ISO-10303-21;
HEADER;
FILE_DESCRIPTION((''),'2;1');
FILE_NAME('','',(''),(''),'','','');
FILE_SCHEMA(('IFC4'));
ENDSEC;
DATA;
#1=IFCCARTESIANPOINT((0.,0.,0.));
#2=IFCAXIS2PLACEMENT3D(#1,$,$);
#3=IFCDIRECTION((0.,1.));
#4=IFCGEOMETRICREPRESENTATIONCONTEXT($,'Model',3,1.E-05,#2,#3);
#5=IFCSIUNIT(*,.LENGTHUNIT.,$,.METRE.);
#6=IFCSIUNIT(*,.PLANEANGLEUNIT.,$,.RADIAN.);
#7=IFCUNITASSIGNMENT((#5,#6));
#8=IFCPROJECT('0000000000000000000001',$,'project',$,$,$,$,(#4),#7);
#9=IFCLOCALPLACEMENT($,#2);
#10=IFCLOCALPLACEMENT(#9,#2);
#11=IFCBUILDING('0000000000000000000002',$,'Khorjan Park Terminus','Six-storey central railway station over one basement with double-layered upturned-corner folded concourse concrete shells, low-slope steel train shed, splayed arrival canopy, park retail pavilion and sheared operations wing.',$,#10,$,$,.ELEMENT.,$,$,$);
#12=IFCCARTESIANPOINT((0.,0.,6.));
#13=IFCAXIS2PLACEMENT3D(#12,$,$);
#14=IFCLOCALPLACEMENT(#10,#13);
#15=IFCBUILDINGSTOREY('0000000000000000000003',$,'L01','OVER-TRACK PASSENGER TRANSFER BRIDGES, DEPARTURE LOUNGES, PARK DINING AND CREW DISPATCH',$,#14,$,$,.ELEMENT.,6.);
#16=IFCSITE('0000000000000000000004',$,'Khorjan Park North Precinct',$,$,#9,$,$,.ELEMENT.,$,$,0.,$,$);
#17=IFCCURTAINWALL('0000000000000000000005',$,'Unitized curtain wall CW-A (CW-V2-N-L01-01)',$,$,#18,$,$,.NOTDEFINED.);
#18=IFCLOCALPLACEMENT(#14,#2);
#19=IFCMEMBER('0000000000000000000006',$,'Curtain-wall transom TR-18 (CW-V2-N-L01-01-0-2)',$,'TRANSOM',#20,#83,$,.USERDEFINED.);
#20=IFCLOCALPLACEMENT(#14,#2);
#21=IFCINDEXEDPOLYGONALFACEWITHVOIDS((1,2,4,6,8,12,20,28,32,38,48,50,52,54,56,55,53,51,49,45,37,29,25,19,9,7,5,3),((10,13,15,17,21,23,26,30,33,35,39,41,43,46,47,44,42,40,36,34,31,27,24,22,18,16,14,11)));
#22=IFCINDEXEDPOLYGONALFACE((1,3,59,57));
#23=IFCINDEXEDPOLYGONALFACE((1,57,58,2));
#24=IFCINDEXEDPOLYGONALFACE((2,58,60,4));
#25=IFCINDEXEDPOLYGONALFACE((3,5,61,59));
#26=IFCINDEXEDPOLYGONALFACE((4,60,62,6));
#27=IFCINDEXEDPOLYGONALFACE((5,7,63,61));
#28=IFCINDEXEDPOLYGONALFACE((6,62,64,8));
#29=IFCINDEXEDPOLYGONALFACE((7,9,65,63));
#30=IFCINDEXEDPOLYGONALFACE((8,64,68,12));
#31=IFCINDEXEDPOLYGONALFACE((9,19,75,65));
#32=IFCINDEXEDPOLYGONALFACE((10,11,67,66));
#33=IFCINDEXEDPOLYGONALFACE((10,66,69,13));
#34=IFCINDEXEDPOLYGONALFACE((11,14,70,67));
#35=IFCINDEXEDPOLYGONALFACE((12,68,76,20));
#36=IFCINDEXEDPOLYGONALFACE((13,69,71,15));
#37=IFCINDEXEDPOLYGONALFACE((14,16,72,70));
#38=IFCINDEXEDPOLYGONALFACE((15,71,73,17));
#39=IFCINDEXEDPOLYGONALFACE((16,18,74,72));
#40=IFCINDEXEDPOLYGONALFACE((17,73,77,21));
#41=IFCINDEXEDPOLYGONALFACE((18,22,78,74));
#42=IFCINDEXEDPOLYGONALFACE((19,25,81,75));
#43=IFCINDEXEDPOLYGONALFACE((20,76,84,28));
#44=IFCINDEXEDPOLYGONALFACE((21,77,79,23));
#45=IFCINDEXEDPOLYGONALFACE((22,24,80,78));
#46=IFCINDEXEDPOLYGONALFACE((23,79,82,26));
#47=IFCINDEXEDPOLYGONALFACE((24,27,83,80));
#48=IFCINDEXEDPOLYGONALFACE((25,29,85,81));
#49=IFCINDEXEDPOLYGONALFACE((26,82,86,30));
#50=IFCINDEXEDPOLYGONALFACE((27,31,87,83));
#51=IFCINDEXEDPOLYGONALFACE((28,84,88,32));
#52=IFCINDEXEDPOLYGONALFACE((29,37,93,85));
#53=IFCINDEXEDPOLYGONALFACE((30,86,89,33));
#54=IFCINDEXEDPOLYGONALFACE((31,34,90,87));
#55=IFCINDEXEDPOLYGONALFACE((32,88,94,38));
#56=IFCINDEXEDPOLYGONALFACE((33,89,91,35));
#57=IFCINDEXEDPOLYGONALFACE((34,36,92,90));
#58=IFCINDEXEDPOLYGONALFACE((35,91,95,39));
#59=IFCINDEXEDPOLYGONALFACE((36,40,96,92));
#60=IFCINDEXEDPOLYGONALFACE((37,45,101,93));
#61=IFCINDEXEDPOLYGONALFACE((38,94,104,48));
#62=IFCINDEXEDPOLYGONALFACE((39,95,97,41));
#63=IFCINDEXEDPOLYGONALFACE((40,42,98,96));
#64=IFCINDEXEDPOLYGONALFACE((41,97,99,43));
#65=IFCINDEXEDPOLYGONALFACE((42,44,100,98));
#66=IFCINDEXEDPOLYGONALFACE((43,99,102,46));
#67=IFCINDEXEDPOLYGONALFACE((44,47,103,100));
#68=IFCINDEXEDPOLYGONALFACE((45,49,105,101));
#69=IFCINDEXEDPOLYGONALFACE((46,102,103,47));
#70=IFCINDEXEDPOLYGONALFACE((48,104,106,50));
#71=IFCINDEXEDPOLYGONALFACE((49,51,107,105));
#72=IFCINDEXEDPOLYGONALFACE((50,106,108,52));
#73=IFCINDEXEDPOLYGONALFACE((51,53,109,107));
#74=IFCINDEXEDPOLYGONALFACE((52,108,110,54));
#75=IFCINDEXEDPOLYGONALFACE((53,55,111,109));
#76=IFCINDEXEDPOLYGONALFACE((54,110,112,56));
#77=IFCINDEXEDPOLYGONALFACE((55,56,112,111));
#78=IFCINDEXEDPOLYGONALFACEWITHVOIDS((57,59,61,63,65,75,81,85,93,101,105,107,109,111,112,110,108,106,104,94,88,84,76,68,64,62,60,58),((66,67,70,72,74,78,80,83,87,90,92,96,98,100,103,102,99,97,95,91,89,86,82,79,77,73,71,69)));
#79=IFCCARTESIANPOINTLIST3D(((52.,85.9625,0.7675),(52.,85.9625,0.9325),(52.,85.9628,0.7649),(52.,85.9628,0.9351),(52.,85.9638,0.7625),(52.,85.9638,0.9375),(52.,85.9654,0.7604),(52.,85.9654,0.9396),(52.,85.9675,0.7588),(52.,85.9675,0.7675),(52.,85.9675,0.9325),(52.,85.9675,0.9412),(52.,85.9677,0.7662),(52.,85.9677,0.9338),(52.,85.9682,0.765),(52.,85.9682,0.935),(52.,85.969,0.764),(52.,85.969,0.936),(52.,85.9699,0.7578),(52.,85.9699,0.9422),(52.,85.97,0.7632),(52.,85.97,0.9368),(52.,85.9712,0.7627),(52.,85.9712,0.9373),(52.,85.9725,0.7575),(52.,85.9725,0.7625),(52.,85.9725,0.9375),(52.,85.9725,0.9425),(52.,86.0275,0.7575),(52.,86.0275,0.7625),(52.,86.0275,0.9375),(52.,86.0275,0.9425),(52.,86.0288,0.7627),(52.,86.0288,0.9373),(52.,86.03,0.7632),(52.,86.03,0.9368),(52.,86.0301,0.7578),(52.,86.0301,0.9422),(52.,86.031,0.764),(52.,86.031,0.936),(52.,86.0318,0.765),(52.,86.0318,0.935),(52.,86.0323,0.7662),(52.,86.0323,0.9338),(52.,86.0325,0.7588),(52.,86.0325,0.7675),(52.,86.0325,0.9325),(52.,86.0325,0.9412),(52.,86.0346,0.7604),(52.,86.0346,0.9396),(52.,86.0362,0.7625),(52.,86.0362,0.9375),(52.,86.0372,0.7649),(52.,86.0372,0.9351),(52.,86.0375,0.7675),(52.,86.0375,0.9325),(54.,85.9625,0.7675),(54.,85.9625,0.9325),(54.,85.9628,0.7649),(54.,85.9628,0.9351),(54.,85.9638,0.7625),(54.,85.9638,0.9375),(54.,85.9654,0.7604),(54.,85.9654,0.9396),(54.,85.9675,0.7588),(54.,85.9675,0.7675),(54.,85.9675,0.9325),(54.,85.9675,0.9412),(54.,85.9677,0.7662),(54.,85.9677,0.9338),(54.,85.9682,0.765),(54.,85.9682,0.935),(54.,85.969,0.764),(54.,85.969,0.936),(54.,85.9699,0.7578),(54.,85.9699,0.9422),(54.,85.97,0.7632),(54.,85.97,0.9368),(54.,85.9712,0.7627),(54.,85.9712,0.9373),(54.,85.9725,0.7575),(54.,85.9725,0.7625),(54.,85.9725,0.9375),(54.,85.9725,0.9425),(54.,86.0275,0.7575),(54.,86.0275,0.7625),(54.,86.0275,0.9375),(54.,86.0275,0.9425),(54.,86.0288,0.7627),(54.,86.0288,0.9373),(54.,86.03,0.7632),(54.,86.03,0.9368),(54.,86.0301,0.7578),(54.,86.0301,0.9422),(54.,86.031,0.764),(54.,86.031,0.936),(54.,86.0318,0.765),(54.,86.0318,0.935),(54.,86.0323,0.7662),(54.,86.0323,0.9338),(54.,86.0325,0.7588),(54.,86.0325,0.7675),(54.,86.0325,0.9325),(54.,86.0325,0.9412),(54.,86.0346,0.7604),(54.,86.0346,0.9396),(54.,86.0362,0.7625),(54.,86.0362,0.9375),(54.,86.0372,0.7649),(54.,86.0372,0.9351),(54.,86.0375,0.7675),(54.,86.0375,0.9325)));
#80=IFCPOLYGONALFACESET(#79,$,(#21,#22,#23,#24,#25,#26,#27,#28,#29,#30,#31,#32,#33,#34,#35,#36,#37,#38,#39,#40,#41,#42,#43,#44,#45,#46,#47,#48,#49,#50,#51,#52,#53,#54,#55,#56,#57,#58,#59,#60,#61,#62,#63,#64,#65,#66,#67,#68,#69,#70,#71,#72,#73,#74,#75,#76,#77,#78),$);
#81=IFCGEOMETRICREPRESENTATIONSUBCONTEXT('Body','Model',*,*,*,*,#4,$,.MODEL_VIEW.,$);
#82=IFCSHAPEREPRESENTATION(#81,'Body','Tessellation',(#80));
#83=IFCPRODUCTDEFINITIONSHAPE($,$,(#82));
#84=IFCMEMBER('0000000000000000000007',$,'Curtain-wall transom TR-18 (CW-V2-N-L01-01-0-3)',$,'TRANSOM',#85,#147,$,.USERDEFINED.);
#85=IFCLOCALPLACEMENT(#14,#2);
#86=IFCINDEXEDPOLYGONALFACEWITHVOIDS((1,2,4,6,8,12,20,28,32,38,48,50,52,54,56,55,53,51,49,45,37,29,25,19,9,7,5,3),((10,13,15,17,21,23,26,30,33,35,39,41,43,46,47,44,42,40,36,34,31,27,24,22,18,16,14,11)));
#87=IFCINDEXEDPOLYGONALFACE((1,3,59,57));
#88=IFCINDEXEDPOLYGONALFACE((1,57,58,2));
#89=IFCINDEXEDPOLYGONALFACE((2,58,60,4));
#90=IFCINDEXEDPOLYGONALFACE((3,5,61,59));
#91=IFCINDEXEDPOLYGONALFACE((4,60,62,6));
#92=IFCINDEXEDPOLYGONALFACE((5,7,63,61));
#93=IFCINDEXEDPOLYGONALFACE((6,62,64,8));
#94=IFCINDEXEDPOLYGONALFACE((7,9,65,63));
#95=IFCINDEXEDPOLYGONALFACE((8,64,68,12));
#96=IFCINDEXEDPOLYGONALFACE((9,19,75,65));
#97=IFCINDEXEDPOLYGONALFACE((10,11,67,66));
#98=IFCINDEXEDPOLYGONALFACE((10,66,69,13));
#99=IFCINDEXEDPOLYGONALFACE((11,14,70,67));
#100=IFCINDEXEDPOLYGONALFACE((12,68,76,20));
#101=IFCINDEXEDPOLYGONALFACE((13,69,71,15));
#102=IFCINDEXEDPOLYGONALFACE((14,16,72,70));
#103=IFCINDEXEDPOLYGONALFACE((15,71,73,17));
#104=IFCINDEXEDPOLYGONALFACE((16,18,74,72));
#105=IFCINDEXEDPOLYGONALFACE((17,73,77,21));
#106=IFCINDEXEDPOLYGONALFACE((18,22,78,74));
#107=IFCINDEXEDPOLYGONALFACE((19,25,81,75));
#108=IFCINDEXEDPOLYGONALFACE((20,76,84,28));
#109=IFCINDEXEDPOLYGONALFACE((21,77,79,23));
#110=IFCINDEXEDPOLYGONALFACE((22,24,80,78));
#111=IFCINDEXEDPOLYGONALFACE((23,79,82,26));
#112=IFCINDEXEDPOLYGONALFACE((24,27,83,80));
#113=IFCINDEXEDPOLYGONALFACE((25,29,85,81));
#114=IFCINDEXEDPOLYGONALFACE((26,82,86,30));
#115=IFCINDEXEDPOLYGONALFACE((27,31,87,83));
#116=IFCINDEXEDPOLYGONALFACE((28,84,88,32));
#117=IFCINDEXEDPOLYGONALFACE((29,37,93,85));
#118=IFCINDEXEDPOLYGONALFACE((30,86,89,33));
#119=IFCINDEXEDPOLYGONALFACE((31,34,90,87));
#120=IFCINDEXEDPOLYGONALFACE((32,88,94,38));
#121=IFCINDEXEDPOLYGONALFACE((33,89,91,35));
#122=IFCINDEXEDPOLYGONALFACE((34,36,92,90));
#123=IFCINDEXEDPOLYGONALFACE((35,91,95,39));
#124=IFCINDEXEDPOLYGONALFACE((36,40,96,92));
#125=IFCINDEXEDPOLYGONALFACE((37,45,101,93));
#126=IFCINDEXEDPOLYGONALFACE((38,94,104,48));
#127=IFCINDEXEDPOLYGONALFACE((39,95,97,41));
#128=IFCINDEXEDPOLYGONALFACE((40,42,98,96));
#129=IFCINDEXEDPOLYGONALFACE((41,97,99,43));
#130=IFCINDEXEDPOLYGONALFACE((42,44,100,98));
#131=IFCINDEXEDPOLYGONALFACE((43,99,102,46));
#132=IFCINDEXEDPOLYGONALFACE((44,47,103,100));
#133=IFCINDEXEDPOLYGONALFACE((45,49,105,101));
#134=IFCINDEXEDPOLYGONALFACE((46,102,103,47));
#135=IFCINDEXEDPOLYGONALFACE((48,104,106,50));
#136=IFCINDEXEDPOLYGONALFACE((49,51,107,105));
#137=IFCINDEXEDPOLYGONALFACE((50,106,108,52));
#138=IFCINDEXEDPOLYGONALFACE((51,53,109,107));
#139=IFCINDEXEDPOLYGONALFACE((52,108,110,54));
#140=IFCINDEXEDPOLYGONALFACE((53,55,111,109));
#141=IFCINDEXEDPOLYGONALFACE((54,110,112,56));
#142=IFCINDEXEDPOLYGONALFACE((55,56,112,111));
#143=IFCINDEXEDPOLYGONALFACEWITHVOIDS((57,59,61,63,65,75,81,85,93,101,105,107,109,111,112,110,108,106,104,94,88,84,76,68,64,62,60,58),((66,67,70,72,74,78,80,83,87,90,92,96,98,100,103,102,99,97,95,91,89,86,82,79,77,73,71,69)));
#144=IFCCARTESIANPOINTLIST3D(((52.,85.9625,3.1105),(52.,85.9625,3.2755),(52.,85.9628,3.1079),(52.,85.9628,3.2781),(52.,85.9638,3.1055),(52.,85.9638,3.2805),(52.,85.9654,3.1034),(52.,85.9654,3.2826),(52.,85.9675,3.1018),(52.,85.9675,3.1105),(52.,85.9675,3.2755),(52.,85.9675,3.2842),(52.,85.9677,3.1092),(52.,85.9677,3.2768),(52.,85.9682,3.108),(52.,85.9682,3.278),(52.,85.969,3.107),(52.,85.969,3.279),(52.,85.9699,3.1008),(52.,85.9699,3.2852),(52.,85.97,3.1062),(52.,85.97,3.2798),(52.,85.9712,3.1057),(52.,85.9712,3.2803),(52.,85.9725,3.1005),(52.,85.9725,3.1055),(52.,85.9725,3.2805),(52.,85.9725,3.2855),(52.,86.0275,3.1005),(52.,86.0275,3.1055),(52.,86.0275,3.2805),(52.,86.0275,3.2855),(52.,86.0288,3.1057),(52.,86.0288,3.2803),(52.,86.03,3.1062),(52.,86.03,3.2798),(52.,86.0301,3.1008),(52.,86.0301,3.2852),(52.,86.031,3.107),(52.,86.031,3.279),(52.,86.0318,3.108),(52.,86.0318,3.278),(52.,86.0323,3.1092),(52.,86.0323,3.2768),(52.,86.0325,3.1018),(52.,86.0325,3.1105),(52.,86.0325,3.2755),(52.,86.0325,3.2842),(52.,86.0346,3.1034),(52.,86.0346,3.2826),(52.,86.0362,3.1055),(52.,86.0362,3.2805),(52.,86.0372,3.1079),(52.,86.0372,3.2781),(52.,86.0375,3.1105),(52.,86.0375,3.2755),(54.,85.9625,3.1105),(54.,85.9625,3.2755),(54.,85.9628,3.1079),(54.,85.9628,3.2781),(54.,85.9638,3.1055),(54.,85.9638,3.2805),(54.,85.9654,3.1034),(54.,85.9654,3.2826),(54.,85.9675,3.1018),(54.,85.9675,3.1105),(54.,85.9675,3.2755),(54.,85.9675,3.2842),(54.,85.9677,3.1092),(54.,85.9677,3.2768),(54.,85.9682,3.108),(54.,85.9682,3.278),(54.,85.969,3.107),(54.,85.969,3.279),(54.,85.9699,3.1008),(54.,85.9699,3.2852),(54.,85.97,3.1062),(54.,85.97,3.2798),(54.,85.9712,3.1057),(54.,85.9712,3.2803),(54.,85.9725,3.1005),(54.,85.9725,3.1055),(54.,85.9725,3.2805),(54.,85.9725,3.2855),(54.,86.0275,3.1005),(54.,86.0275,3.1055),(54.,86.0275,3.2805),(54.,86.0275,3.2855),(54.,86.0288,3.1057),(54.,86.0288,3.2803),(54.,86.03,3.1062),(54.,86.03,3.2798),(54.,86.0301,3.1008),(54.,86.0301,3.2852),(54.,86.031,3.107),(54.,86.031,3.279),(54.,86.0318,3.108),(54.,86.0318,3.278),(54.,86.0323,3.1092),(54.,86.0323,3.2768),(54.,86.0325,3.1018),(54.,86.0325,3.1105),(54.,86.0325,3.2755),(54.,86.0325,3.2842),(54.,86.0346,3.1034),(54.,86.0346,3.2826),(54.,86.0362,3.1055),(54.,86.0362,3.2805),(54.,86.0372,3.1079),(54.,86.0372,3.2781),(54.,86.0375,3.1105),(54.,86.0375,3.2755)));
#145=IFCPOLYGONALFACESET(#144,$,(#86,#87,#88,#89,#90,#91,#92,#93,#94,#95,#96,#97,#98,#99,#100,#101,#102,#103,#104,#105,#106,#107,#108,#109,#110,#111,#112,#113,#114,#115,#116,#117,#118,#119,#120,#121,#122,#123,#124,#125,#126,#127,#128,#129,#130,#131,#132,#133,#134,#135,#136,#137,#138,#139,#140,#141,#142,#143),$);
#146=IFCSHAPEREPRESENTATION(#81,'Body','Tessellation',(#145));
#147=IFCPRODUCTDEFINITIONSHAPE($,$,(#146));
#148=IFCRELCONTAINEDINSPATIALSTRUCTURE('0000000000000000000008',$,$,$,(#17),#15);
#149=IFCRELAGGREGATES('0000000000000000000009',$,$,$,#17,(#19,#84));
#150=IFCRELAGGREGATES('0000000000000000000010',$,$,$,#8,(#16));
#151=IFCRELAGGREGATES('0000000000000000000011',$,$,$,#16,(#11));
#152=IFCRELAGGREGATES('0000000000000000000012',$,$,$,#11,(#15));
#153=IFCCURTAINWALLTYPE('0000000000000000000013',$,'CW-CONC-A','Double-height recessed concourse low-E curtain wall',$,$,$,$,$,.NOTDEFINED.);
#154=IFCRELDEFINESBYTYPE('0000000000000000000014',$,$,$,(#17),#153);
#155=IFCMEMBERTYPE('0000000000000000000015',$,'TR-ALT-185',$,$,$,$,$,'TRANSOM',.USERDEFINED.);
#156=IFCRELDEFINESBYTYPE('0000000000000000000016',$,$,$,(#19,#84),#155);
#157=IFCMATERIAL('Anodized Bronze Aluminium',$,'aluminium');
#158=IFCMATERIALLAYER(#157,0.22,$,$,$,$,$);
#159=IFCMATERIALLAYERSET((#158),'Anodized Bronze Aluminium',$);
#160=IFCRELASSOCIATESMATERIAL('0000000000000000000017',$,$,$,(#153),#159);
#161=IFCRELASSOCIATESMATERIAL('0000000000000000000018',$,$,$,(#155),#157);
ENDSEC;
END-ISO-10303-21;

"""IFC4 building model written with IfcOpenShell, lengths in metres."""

from ifc_helpers import new_model, si_unit, direction, frame, origin, origin_2d, place, context, subcontext, project, spatial, hollow_rectangle, extrude, material, layer, layer_set, material_profile, profile_set, type_object, element, aggregate, save


model = new_model("IFC4")

# Units and contexts
model_context = context("Model", 3, precision=1e-05, world=origin(), true_north=direction((0.0, 1.0)))
body_context = subcontext(model_context, "Body", "Model", "MODEL_VIEW")
ifc_project = project(units=[si_unit("LENGTHUNIT", "METRE"), si_unit("PLANEANGLEUNIT", "RADIAN")], contexts=[model_context])

# Site, building, storey
site_placement = place(None, origin())
site = spatial("IfcSite", under=ifc_project, at=site_placement, Name="Khorjan Park North Precinct", CompositionType="ELEMENT", RefElevation=0.0)
building_placement = place(site_placement, origin())
building = spatial("IfcBuilding", under=site, at=building_placement, Name="Khorjan Park Terminus", Description="Six-storey central railway station over one basement with double-layered upturned-corner folded concourse concrete shells, low-slope steel train shed, splayed arrival canopy, park retail pavilion and sheared operations wing.", CompositionType="ELEMENT")
storey_placement = place(building_placement, frame((0.0, 0.0, 6.0)))
storey = spatial("IfcBuildingStorey", under=building, at=storey_placement, Name="L01", Description="OVER-TRACK PASSENGER TRANSFER BRIDGES, DEPARTURE LOUNGES, PARK DINING AND CREW DISPATCH", CompositionType="ELEMENT", Elevation=6.0)

# Shared definitions
ifc_material_1 = material(Name="Anodized Bronze Aluminium", Category="aluminium")

# Curtain wall
ifc_layer_1 = layer(ifc_material_1, 0.22)
ifc_layer_set_1 = layer_set([ifc_layer_1], Name="Anodized Bronze Aluminium")
curtain_wall_type_1 = type_object("IfcCurtainWallType", Name="CW-CONC-A", Description="Double-height recessed concourse low-E curtain wall", PredefinedType="NOTDEFINED", material=ifc_layer_set_1)
curtain_wall_1_placement = place(storey_placement, origin())
curtain_wall_1 = element("IfcCurtainWall", 1, at=curtain_wall_1_placement, inside=storey, type_object=curtain_wall_type_1, Name="Unitized curtain wall CW-A (CW-V2-N-L01-01)", PredefinedType="NOTDEFINED")

# Members
ifc_material_profile_1 = material_profile(ifc_material_1, hollow_rectangle(XDim=0.075, YDim=0.185, WallThickness=0.005, InnerFilletRadius=0.005, OuterFilletRadius=0.01, at=origin_2d()), Name="ALT 75x185x5")
ifc_profile_set_1 = profile_set([ifc_material_profile_1], Name="Anodized Bronze Aluminium")
member_type_1 = type_object("IfcMemberType", Name="TR-ALT-185", ElementType="TRANSOM", PredefinedType="USERDEFINED", material=ifc_profile_set_1)
member_1_placement = place(storey_placement, frame((54.0, 86.0, 0.85), z_axis=(-1.0, 0.0, 0.0), x_axis=(0.0, -1.0, 0.0)))
member_1 = element("IfcMember", 2, at=member_1_placement, type_object=member_type_1, Name="Curtain-wall transom TR-18 (CW-V2-N-L01-01-0-2)", ObjectType="TRANSOM", PredefinedType="USERDEFINED", context=body_context, shape_type="SweptSolid", body=[
    extrude(hollow_rectangle(XDim=0.075, YDim=0.185, WallThickness=0.005, InnerFilletRadius=0.005, OuterFilletRadius=0.01, at=origin_2d()), origin(), (0.0, 0.0, 1.0), 2.0),
])
member_2_placement = place(storey_placement, frame((54.0, 86.0, 3.193), z_axis=(-1.0, 0.0, 0.0), x_axis=(0.0, -1.0, 0.0)))
member_2 = element("IfcMember", 3, at=member_2_placement, type_object=member_type_1, Name="Curtain-wall transom TR-18 (CW-V2-N-L01-01-0-3)", ObjectType="TRANSOM", PredefinedType="USERDEFINED", context=body_context, shape_type="SweptSolid", body=[
    extrude(hollow_rectangle(XDim=0.075, YDim=0.185, WallThickness=0.005, InnerFilletRadius=0.005, OuterFilletRadius=0.01, at=origin_2d()), origin(), (0.0, 0.0, 1.0), 2.0),
])

aggregate(curtain_wall_1, [member_1, member_2])

save(model, "model.ifc")
